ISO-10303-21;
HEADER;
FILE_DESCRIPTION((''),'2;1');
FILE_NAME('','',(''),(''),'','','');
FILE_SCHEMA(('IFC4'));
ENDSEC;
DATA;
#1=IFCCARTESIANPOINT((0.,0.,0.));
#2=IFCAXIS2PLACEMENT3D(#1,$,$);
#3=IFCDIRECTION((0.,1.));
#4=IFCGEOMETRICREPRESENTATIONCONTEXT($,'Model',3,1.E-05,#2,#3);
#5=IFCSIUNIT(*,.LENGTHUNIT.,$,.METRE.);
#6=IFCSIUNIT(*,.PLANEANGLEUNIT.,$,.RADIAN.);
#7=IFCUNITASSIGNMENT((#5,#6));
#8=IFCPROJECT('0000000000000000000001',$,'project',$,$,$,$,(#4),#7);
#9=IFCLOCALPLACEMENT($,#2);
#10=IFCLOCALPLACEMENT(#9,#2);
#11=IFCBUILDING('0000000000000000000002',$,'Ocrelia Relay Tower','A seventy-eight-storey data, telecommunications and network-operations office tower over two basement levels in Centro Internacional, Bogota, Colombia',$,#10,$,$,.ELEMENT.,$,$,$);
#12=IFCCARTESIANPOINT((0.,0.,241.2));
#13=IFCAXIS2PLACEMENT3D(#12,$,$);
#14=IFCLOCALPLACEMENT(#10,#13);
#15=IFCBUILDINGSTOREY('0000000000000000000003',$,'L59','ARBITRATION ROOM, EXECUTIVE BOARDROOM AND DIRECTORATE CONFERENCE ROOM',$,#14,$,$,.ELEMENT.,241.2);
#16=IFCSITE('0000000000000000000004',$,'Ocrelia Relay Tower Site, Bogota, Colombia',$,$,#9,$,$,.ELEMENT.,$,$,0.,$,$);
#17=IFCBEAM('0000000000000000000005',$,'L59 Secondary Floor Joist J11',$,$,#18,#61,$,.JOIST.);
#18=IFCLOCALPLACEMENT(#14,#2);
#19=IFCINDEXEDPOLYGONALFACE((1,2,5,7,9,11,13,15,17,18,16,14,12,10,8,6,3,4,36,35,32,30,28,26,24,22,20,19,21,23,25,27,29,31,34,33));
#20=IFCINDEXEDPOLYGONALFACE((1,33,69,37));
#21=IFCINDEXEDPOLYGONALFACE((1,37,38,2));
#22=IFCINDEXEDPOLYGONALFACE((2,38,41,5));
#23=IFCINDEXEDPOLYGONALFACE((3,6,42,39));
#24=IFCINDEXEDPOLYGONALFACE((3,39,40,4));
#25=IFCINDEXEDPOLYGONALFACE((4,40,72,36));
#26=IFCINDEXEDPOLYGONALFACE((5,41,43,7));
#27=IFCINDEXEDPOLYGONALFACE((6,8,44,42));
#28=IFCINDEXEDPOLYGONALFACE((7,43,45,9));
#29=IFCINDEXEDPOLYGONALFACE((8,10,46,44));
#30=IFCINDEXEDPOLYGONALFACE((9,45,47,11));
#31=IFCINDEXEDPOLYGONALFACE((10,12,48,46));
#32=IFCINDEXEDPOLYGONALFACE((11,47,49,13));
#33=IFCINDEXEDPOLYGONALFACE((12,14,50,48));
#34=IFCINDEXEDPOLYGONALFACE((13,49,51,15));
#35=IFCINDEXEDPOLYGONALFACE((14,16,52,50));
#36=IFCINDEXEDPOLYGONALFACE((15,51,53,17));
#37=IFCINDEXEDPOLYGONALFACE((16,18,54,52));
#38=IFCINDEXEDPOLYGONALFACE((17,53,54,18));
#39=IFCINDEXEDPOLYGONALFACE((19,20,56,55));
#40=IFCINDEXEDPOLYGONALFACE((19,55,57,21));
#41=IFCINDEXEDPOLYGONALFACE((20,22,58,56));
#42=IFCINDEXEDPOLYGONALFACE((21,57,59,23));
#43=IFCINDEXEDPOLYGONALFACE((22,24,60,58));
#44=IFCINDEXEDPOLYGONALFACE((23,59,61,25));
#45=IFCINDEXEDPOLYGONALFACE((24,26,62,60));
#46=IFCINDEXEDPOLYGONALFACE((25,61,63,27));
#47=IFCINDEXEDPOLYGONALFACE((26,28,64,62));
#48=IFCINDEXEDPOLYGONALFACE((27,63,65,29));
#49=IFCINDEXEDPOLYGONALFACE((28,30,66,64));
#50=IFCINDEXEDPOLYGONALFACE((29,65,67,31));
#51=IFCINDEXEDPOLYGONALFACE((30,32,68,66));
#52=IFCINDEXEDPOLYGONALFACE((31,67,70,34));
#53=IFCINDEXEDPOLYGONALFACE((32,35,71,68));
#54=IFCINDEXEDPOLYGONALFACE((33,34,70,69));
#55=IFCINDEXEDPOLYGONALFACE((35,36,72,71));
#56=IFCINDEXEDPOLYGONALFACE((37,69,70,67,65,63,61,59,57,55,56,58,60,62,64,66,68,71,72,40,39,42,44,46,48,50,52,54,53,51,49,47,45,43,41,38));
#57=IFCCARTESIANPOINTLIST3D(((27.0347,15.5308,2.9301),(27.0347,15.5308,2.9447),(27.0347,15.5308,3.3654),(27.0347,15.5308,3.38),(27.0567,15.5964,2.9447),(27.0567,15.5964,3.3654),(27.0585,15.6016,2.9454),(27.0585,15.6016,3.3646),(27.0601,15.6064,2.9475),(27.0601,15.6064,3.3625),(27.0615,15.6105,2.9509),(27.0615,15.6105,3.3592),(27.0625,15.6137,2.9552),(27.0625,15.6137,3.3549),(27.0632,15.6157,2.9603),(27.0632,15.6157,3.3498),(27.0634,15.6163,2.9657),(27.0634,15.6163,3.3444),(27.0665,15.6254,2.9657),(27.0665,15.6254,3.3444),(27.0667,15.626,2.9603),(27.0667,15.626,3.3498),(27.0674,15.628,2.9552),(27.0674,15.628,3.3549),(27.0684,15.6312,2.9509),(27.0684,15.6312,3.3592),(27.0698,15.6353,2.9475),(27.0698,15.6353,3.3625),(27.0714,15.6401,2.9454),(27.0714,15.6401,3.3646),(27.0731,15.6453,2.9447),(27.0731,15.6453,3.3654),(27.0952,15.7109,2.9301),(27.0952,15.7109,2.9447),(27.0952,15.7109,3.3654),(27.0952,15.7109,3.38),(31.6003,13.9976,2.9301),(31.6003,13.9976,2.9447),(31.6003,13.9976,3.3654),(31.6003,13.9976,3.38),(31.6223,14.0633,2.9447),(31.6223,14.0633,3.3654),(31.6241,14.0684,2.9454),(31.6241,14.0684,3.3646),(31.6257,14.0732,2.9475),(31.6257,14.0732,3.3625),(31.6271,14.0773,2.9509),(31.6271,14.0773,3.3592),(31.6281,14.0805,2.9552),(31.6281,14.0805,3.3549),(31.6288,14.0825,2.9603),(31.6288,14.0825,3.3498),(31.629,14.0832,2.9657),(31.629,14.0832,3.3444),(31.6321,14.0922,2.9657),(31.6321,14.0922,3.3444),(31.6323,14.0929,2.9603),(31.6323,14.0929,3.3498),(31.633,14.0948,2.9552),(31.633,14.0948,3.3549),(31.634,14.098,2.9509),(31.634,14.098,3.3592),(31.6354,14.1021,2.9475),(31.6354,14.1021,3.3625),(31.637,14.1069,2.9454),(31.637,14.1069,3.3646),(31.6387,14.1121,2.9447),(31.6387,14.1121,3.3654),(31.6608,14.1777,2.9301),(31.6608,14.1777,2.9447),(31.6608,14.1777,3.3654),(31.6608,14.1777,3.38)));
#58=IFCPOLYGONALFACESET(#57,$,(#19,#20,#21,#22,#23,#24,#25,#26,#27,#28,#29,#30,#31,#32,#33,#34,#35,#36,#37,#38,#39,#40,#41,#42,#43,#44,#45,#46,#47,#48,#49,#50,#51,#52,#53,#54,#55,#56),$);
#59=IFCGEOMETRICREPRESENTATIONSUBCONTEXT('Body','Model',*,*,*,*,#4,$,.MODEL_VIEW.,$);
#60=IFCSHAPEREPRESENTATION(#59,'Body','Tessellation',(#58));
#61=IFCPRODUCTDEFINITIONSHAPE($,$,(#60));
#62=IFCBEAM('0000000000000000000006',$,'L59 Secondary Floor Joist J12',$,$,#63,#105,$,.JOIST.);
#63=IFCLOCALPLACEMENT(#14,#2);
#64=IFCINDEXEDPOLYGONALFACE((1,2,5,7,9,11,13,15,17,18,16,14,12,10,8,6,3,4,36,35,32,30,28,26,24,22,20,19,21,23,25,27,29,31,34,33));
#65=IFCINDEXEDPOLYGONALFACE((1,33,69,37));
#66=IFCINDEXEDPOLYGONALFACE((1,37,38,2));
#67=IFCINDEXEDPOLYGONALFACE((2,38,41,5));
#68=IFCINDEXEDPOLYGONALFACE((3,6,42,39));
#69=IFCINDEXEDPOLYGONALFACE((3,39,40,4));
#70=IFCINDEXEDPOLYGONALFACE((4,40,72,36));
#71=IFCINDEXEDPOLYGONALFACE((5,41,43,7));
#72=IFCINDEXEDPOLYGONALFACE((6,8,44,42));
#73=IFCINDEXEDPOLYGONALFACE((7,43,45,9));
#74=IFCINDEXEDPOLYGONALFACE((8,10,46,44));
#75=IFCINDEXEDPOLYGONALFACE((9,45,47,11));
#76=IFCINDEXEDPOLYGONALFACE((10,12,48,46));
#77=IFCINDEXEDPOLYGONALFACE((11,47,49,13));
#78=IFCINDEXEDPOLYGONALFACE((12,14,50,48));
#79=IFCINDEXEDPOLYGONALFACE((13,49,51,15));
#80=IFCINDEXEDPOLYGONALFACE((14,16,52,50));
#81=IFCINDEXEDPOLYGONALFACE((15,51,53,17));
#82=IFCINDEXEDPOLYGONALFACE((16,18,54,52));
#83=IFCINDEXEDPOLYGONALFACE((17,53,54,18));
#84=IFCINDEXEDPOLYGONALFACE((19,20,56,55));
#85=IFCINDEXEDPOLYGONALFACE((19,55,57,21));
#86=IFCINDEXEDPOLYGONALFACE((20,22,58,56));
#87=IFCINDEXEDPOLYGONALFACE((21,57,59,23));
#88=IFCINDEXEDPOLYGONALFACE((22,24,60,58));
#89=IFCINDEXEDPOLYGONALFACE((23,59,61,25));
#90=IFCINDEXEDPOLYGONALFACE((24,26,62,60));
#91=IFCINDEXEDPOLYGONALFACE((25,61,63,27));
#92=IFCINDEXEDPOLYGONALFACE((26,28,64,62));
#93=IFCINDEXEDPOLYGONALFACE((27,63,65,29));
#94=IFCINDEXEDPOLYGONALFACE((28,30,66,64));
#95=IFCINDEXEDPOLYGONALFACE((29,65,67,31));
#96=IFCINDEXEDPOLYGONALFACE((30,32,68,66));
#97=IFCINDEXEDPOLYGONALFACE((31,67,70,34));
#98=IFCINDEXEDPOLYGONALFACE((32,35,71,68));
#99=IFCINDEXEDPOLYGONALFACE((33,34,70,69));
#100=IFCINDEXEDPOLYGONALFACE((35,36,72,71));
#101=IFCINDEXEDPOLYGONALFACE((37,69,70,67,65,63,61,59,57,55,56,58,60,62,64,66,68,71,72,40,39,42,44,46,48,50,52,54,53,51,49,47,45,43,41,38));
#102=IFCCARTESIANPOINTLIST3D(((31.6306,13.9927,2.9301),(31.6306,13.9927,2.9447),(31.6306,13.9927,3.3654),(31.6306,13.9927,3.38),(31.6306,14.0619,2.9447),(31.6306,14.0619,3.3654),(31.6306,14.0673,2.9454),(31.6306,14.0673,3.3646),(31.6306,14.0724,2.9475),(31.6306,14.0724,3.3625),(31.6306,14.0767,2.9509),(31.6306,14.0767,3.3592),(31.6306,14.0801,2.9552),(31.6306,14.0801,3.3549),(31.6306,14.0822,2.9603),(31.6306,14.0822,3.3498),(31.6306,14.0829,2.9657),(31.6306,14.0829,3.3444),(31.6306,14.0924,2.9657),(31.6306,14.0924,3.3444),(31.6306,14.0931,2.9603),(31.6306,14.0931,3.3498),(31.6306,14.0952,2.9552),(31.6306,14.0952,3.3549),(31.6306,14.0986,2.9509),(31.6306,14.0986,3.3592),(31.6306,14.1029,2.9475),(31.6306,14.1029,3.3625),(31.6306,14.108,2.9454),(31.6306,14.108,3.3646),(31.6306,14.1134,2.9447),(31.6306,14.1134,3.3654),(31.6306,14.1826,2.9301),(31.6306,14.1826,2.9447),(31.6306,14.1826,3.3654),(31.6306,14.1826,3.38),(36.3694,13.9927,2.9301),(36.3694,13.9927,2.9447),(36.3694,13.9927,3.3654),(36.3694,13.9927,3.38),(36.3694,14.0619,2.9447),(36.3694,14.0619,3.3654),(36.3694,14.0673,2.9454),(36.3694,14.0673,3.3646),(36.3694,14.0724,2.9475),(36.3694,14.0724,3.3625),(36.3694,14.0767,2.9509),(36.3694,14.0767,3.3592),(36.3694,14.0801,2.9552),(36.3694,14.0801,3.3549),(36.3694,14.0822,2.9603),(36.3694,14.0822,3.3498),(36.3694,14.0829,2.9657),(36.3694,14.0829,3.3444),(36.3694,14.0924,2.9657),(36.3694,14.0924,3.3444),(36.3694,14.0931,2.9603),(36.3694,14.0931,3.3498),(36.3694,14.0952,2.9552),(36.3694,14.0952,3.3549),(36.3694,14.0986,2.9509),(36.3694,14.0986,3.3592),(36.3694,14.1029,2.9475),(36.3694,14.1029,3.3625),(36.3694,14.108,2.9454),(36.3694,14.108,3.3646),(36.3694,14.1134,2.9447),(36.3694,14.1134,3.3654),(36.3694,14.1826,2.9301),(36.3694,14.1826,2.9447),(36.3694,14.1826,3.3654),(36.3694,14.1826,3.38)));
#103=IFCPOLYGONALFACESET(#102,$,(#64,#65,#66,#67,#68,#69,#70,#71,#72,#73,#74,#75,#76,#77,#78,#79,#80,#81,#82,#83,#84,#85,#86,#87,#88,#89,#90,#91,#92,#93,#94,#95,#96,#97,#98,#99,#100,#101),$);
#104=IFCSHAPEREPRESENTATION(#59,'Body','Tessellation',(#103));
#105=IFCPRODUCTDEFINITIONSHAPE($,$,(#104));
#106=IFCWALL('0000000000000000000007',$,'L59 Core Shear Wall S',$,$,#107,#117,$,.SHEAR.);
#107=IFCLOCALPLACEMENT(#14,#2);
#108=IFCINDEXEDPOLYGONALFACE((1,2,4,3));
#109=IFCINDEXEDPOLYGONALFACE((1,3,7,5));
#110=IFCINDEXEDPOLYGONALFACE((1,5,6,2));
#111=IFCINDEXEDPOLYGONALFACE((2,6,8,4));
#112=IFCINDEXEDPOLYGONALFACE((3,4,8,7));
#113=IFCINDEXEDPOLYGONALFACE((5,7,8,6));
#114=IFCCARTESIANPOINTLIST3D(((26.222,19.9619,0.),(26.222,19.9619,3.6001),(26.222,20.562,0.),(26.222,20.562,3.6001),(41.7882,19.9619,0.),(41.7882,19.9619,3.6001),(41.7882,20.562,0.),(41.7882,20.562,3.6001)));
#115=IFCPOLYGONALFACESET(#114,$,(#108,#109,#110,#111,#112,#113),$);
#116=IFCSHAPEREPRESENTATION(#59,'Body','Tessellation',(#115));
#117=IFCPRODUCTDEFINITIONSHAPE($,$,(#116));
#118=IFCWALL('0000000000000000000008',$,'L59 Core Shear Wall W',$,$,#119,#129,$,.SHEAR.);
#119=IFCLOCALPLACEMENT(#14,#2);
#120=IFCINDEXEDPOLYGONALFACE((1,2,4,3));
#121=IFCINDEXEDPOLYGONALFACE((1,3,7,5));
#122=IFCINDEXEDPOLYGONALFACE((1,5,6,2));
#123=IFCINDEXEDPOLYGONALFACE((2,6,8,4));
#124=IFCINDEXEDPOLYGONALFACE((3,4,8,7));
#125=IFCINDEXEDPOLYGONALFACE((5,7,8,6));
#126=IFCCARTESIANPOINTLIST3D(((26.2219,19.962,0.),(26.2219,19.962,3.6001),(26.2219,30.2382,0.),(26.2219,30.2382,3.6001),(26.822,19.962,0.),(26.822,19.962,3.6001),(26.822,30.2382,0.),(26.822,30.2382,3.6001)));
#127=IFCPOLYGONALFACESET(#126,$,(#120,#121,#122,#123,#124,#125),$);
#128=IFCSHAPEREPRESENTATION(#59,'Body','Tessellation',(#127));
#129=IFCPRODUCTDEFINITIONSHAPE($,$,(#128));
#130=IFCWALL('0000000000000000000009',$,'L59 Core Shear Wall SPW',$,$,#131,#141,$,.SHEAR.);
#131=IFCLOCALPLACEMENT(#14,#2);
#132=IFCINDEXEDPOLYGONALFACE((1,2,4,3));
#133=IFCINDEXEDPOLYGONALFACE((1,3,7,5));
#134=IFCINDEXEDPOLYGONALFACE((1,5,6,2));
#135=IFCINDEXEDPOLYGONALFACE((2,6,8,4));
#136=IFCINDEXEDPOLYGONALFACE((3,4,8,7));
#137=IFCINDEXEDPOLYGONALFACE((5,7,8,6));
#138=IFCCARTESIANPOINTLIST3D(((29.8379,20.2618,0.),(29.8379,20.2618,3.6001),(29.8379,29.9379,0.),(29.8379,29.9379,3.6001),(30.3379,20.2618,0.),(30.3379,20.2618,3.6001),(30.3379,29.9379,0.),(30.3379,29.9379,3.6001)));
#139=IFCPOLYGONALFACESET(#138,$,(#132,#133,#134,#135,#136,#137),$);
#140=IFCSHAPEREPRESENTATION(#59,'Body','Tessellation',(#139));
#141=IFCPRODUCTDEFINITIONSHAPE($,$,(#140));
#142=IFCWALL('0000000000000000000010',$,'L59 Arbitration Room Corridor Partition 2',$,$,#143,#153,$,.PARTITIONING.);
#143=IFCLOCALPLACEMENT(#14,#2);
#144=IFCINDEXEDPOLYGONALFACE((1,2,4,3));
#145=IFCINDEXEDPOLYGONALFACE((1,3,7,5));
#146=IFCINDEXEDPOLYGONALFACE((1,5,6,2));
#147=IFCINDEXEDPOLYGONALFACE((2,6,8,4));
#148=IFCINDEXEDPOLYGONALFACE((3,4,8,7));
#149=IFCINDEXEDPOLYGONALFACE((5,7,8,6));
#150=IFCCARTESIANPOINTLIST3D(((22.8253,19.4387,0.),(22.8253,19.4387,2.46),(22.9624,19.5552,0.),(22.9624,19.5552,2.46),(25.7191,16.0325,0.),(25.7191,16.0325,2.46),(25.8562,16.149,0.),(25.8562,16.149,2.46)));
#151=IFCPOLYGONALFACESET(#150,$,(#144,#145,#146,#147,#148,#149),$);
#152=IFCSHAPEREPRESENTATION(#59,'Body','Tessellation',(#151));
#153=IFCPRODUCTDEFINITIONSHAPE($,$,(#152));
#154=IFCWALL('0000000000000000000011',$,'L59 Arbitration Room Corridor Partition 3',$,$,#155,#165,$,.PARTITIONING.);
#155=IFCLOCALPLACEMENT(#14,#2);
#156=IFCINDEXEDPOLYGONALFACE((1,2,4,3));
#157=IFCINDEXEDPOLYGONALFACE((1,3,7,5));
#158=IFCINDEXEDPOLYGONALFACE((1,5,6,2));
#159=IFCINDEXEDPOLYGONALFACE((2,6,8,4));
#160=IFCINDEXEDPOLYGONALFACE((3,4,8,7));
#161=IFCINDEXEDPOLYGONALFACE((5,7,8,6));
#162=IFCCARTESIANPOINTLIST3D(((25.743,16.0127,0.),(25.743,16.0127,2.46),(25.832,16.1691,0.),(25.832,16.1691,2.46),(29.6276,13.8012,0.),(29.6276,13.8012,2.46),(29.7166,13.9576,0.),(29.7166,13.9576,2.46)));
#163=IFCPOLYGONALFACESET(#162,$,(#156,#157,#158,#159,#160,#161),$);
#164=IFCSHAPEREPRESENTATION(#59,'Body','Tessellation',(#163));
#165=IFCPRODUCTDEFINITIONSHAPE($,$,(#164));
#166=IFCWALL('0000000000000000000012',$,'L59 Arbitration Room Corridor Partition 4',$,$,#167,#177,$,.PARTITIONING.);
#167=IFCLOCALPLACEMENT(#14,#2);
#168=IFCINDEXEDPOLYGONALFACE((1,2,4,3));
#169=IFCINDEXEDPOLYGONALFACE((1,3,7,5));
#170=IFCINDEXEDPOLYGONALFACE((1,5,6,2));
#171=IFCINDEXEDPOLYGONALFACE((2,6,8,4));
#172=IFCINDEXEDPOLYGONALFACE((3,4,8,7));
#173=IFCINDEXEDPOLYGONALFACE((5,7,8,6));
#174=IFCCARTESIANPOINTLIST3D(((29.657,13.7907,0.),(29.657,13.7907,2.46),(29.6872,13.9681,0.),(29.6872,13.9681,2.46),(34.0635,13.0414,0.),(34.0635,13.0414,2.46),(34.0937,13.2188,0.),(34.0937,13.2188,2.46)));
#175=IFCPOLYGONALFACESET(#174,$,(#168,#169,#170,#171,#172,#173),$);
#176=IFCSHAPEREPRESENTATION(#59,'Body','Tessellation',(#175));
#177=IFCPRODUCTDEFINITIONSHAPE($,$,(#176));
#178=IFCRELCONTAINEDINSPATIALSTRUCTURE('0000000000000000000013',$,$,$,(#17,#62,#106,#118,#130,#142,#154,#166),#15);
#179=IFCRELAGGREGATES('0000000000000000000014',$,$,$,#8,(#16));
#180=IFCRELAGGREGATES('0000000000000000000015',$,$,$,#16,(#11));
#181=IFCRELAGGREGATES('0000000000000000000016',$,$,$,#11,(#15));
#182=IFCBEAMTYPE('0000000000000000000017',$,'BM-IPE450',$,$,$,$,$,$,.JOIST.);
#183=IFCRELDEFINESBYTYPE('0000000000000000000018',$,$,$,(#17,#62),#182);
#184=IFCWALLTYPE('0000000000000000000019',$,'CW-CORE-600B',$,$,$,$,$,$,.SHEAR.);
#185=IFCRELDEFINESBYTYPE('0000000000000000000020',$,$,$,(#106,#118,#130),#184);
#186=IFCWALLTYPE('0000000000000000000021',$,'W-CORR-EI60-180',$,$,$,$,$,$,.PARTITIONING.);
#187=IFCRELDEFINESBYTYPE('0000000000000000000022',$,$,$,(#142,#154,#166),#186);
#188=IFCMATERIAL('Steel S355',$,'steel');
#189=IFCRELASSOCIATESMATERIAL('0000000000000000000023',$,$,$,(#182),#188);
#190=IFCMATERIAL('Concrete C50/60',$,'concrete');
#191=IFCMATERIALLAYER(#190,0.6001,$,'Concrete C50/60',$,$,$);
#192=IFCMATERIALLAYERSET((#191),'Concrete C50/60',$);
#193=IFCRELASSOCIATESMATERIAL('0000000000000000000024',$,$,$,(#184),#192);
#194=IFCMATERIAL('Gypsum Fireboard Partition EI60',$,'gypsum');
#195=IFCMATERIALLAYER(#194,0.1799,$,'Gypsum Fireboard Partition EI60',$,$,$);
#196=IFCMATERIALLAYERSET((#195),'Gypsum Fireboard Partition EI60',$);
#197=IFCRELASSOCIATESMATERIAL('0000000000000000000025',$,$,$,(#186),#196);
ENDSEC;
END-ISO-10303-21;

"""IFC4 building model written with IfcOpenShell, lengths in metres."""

from ifc_helpers import new_model, si_unit, direction, frame, frame_2d, origin, origin_2d, place, context, subcontext, project, spatial, rectangle, i_section, extrude, material, layer, layer_set, material_profile, profile_set, type_object, element, save


model = new_model("IFC4")

# Units and contexts
model_context = context("Model", 3, precision=1e-05, world=origin(), true_north=direction((0.0, 1.0)))
body_context = subcontext(model_context, "Body", "Model", "MODEL_VIEW")
ifc_project = project(units=[si_unit("LENGTHUNIT", "METRE"), si_unit("PLANEANGLEUNIT", "RADIAN")], contexts=[model_context])

# Site, building, storey
site_placement = place(None, origin())
site = spatial("IfcSite", under=ifc_project, at=site_placement, Name="Ocrelia Relay Tower Site, Bogota, Colombia", CompositionType="ELEMENT", RefElevation=0.0)
building_placement = place(site_placement, origin())
building = spatial("IfcBuilding", under=site, at=building_placement, Name="Ocrelia Relay Tower", Description="A seventy-eight-storey data, telecommunications and network-operations office tower over two basement levels in Centro Internacional, Bogota, Colombia", CompositionType="ELEMENT")
storey_placement = place(building_placement, frame((0.0, 0.0, 241.2)))
storey = spatial("IfcBuildingStorey", under=building, at=storey_placement, Name="L59", Description="ARBITRATION ROOM, EXECUTIVE BOARDROOM AND DIRECTORATE CONFERENCE ROOM", CompositionType="ELEMENT", Elevation=241.2)

# Shared definitions
ifc_material_1 = material(Name="Concrete C50/60", Category="concrete")

# Beams
ifc_material_2 = material(Name="Steel S355", Category="steel")
ifc_material_profile_1 = material_profile(ifc_material_2, i_section(OverallWidth=0.1899, OverallDepth=0.45, WebThickness=0.0095, FlangeThickness=0.0146, FilletRadius=0.021, at=origin_2d()), Name="IPE 450")
ifc_profile_set_1 = profile_set([ifc_material_profile_1], Name="Steel S355")
beam_type_1 = type_object("IfcBeamType", Name="BM-IPE450", PredefinedType="JOIST", material=ifc_profile_set_1)
beam_1_placement = place(storey_placement, frame((27.0649, 15.6208, 3.155), z_axis=(0.947976, -0.318341, 0.0), x_axis=(0.318341, 0.947976, 0.0)))
element("IfcBeam", 1, at=beam_1_placement, inside=storey, type_object=beam_type_1, Name="L59 Secondary Floor Joist J11", PredefinedType="JOIST", context=body_context, shape_type="SweptSolid", body=[
    extrude(i_section(OverallWidth=0.1899, OverallDepth=0.45, WebThickness=0.0095, FlangeThickness=0.0146, FilletRadius=0.021, at=origin_2d()), origin(), (0.0, 0.0, 1.0), 4.8162),
])
beam_2_placement = place(storey_placement, frame((31.6306, 14.0876, 3.155), z_axis=(1.0, 0.0, 0.0), x_axis=(0.0, 1.0, 0.0)))
element("IfcBeam", 2, at=beam_2_placement, inside=storey, type_object=beam_type_1, Name="L59 Secondary Floor Joist J12", PredefinedType="JOIST", context=body_context, shape_type="SweptSolid", body=[
    extrude(i_section(OverallWidth=0.1899, OverallDepth=0.45, WebThickness=0.0095, FlangeThickness=0.0146, FilletRadius=0.021, at=origin_2d()), origin(), (0.0, 0.0, 1.0), 4.7388),
])

# Walls
ifc_layer_1 = layer(ifc_material_1, 0.6001, Name="Concrete C50/60")
ifc_layer_set_1 = layer_set([ifc_layer_1], Name="Concrete C50/60")
wall_type_1 = type_object("IfcWallType", Name="CW-CORE-600B", PredefinedType="SHEAR", material=ifc_layer_set_1)
wall_1_placement = place(storey_placement, frame((26.2219, 20.262, 0.0), z_axis=(0.0, 0.0, 1.0), x_axis=(1.0, 0.0, 0.0)))
element("IfcWall", 3, at=wall_1_placement, inside=storey, type_object=wall_type_1, Name="L59 Core Shear Wall S", PredefinedType="SHEAR", context=body_context, shape_type="SweptSolid", body=[
    extrude(rectangle(XDim=15.5662, YDim=0.6001, at=frame_2d((7.7832, 0.0))), origin(), (0.0, 0.0, 1.0), 3.6001),
])
wall_2_placement = place(storey_placement, frame((26.522, 19.9619, 0.0), z_axis=(0.0, 0.0, 1.0), x_axis=(0.0, 1.0, 0.0)))
element("IfcWall", 4, at=wall_2_placement, inside=storey, type_object=wall_type_1, Name="L59 Core Shear Wall W", PredefinedType="SHEAR", context=body_context, shape_type="SweptSolid", body=[
    extrude(rectangle(XDim=10.2761, YDim=0.6001, at=frame_2d((5.1382, 0.0))), origin(), (0.0, 0.0, 1.0), 3.6001),
])
wall_3_placement = place(storey_placement, frame((30.0879, 20.262, 0.0), z_axis=(0.0, 0.0, 1.0), x_axis=(0.0, 1.0, 0.0)))
element("IfcWall", 5, at=wall_3_placement, inside=storey, type_object=wall_type_1, Name="L59 Core Shear Wall SPW", PredefinedType="SHEAR", context=body_context, shape_type="SweptSolid", body=[
    extrude(rectangle(XDim=9.676, YDim=0.5, at=frame_2d((4.8379, 0.0))), origin(), (0.0, 0.0, 1.0), 3.6001),
])

# Shared definitions
ifc_material_3 = material(Name="Gypsum Fireboard Partition EI60", Category="gypsum")
ifc_layer_2 = layer(ifc_material_3, 0.1799, Name="Gypsum Fireboard Partition EI60")
ifc_layer_set_2 = layer_set([ifc_layer_2], Name="Gypsum Fireboard Partition EI60")
wall_type_2 = type_object("IfcWallType", Name="W-CORR-EI60-180", PredefinedType="PARTITIONING", material=ifc_layer_set_2)

# Walls
wall_4_placement = place(storey_placement, frame((22.8938, 19.4971, 0.0), z_axis=(0.0, 0.0, 1.0), x_axis=(0.647452, -0.762106, 0.0)))
element("IfcWall", 6, at=wall_4_placement, inside=storey, type_object=wall_type_2, Name="L59 Arbitration Room Corridor Partition 2", PredefinedType="PARTITIONING", context=body_context, shape_type="SweptSolid", body=[
    extrude(rectangle(XDim=4.4695, YDim=0.1799, at=frame_2d((2.2349, 0.0))), origin(), (0.0, 0.0, 1.0), 2.46),
])
wall_5_placement = place(storey_placement, frame((25.7876, 16.0908, 0.0), z_axis=(0.0, 0.0, 1.0), x_axis=(0.869042, -0.494738, 0.0)))
element("IfcWall", 7, at=wall_5_placement, inside=storey, type_object=wall_type_2, Name="L59 Arbitration Room Corridor Partition 3", PredefinedType="PARTITIONING", context=body_context, shape_type="SweptSolid", body=[
    extrude(rectangle(XDim=4.47, YDim=0.1799, at=frame_2d((2.2349, 0.0))), origin(), (0.0, 0.0, 1.0), 2.46),
])
wall_6_placement = place(storey_placement, frame((29.6721, 13.8794, 0.0), z_axis=(0.0, 0.0, 1.0), x_axis=(0.98585, -0.167631, 0.0)))
element("IfcWall", 8, at=wall_6_placement, inside=storey, type_object=wall_type_2, Name="L59 Arbitration Room Corridor Partition 4", PredefinedType="PARTITIONING", context=body_context, shape_type="SweptSolid", body=[
    extrude(rectangle(XDim=4.4697, YDim=0.1799, at=frame_2d((2.2349, 0.0))), origin(), (0.0, 0.0, 1.0), 2.46),
])

save(model, "model.ifc")
